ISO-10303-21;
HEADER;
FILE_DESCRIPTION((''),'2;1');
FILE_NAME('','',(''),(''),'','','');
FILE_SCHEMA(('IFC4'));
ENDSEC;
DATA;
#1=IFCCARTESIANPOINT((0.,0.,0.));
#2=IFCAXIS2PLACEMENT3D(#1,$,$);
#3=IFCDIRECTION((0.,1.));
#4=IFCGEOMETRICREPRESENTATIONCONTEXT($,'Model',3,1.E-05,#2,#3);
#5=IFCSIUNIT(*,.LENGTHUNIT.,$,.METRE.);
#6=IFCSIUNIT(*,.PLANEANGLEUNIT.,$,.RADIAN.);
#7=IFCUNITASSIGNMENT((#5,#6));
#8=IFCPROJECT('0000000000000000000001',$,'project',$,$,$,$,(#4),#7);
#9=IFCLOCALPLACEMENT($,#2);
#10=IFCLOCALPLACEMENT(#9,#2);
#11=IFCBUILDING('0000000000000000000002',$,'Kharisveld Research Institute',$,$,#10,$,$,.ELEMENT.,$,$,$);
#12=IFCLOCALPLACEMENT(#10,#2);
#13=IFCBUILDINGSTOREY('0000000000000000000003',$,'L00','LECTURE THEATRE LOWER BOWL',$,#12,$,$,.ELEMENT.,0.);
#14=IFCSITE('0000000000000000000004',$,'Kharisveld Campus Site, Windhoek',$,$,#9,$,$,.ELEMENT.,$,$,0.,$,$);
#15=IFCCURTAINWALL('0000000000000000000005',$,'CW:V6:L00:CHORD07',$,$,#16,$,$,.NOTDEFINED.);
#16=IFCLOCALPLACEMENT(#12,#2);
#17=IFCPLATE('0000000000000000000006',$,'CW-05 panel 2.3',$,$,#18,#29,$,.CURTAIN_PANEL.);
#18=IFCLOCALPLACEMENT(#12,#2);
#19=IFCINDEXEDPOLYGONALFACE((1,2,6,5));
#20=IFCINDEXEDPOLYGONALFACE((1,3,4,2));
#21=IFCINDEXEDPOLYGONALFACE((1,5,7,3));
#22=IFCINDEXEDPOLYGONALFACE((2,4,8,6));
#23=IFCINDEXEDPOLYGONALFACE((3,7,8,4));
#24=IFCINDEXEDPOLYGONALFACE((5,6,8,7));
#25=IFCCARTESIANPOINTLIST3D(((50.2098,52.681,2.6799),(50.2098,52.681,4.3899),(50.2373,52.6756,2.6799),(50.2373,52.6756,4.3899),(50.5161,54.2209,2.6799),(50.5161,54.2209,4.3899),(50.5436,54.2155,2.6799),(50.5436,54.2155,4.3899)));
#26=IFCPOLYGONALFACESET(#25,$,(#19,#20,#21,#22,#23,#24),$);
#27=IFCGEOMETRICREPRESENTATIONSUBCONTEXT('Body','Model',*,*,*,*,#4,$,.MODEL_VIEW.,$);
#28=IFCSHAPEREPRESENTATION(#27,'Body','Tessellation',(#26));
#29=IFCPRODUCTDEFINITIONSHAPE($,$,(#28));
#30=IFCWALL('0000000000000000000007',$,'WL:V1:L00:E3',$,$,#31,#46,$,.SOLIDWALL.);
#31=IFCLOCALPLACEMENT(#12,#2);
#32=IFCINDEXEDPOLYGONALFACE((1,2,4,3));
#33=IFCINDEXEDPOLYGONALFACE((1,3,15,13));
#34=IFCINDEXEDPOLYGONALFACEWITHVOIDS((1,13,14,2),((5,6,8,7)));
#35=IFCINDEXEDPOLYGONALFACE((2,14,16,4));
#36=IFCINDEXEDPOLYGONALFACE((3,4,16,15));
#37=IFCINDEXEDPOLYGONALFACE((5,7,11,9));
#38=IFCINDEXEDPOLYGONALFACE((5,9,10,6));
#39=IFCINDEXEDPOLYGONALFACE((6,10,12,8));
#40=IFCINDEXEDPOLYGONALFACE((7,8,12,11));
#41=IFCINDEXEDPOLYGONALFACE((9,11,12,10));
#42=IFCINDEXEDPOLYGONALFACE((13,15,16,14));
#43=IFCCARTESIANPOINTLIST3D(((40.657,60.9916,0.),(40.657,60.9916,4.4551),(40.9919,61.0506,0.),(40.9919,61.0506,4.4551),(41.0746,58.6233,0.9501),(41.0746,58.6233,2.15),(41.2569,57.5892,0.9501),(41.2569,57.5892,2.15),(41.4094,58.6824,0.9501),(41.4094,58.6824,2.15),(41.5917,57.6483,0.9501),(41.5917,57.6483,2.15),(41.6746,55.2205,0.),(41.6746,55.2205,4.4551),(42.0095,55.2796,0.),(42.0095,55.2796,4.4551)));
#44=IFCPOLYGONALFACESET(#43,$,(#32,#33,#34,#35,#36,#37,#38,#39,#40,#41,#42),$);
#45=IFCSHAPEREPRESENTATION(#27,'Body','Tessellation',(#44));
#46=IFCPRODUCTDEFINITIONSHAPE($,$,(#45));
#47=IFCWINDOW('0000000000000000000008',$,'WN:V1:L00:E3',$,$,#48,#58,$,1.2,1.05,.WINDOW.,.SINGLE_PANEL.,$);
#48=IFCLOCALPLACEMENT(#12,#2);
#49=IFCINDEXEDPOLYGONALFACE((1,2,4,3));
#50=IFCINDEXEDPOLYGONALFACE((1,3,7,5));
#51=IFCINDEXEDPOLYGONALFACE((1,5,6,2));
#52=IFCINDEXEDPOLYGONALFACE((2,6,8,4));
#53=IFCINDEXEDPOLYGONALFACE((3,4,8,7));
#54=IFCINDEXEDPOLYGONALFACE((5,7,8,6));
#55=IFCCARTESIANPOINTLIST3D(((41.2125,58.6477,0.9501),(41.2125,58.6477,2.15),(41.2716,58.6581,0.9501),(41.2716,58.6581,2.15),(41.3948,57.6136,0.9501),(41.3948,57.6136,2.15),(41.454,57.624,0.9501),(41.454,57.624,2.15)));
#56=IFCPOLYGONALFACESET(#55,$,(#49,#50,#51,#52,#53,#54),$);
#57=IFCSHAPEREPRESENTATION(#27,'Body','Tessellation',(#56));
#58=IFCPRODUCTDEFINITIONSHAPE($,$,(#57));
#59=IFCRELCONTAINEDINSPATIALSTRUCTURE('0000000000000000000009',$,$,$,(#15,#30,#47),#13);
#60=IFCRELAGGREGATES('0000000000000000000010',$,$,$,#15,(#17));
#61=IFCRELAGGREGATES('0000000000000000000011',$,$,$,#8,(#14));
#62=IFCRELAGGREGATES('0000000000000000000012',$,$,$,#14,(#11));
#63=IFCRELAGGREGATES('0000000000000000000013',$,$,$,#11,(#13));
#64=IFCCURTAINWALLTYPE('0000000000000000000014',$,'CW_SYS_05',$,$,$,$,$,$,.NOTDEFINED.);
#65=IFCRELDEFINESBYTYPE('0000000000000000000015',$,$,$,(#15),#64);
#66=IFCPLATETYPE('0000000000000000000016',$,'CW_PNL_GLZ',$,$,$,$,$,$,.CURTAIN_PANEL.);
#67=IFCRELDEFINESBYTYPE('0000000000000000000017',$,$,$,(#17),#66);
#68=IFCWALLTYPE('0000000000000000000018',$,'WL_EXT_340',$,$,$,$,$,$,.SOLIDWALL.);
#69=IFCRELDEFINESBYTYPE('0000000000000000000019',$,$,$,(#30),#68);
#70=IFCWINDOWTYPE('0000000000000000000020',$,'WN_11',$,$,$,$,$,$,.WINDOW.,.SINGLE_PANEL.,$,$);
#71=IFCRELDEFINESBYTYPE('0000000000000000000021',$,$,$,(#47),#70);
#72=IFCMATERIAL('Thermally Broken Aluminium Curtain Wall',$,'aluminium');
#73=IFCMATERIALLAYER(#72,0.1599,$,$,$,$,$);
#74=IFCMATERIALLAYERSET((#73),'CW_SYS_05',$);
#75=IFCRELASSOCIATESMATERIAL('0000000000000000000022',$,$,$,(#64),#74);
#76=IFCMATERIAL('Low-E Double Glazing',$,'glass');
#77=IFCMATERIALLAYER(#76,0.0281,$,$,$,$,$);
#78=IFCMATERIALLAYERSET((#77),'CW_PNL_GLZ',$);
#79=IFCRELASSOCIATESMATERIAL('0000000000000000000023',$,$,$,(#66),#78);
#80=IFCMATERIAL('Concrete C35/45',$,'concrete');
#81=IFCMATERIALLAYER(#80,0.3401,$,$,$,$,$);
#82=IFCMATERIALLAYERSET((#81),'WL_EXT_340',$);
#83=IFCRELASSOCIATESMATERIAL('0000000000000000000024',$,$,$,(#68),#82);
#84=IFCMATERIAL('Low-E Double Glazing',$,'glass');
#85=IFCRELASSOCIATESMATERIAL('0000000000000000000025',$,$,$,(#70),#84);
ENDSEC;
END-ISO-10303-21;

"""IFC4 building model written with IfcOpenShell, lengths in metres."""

from ifc_helpers import new_model, si_unit, direction, frame, frame_2d, origin, origin_2d, place, context, subcontext, project, spatial, rectangle, extrude, material, layer, layer_set, type_object, element, fill, aggregate, save


model = new_model("IFC4")

# Units and contexts
model_context = context("Model", 3, precision=1e-05, world=origin(), true_north=direction((0.0, 1.0)))
body_context = subcontext(model_context, "Body", "Model", "MODEL_VIEW")
ifc_project = project(units=[si_unit("LENGTHUNIT", "METRE"), si_unit("PLANEANGLEUNIT", "RADIAN")], contexts=[model_context])

# Site, building, storey
site_placement = place(None, origin())
site = spatial("IfcSite", under=ifc_project, at=site_placement, Name="Kharisveld Campus Site, Windhoek", CompositionType="ELEMENT", RefElevation=0.0)
building_placement = place(site_placement, origin())
building = spatial("IfcBuilding", under=site, at=building_placement, Name="Kharisveld Research Institute", CompositionType="ELEMENT")
storey_placement = place(building_placement, origin())
storey = spatial("IfcBuildingStorey", under=building, at=storey_placement, Name="L00", Description="LECTURE THEATRE LOWER BOWL", CompositionType="ELEMENT", Elevation=0.0)

# Curtain wall
ifc_material_1 = material(Name="Thermally Broken Aluminium Curtain Wall", Category="aluminium")
ifc_layer_1 = layer(ifc_material_1, 0.1599)
ifc_layer_set_1 = layer_set([ifc_layer_1], Name="CW_SYS_05")
curtain_wall_type_1 = type_object("IfcCurtainWallType", Name="CW_SYS_05", PredefinedType="NOTDEFINED", material=ifc_layer_set_1)
curtain_wall_1_placement = place(storey_placement, origin())
curtain_wall_1 = element("IfcCurtainWall", 1, at=curtain_wall_1_placement, inside=storey, type_object=curtain_wall_type_1, Name="CW:V6:L00:CHORD07", PredefinedType="NOTDEFINED")

# Plate
ifc_material_2 = material(Name="Low-E Double Glazing", Category="glass")
ifc_layer_2 = layer(ifc_material_2, 0.0281)
ifc_layer_set_2 = layer_set([ifc_layer_2], Name="CW_PNL_GLZ")
plate_type = type_object("IfcPlateType", Name="CW_PNL_GLZ", PredefinedType="CURTAIN_PANEL", material=ifc_layer_set_2)
plate_1_placement = place(storey_placement, frame((50.3767, 53.4482, 2.6799), z_axis=(0.0, 0.0, 1.0), x_axis=(0.195091, 0.980785, 0.0)))
plate_1 = element("IfcPlate", 2, at=plate_1_placement, type_object=plate_type, Name="CW-05 panel 2.3", PredefinedType="CURTAIN_PANEL", context=body_context, shape_type="SweptSolid", body=[
    extrude(rectangle(XDim=1.5701, YDim=0.0281, at=origin_2d()), origin(), (0.0, 0.0, 1.0), 1.71),
])
aggregate(curtain_wall_1, [plate_1])

# Wall, opening, window
ifc_material_3 = material(Name="Concrete C35/45", Category="concrete")
ifc_layer_3 = layer(ifc_material_3, 0.3401)
ifc_layer_set_3 = layer_set([ifc_layer_3], Name="WL_EXT_340")
wall_type = type_object("IfcWallType", Name="WL_EXT_340", PredefinedType="SOLIDWALL", material=ifc_layer_set_3)
wall_1_placement = place(storey_placement, frame((40.8245, 61.0212, 0.0), z_axis=(0.0, 0.0, 1.0), x_axis=(0.173647, -0.984808, 0.0)))
wall_1 = element("IfcWall", 3, at=wall_1_placement, inside=storey, type_object=wall_type, Name="WL:V1:L00:E3", PredefinedType="SOLIDWALL", context=body_context, shape_type="SweptSolid", body=[
    extrude(rectangle(XDim=5.8601, YDim=0.3401, at=frame_2d((2.9302, 0.0))), origin(), (0.0, 0.0, 1.0), 4.4551),
])
opening_1_placement = place(wall_1_placement, frame((2.405, 0.0, 0.95)))
opening_1 = element("IfcOpeningElement", 4, at=opening_1_placement, cuts=wall_1, PredefinedType="OPENING", context=body_context, shape_type="SweptSolid", body=[
    extrude(rectangle(XDim=1.05, YDim=1.2, at=frame_2d((0.5249, 0.6001))), frame((0.0, 0.1699, 0.0), z_axis=(0.0, -1.0, 0.0), x_axis=(1.0, 0.0, 0.0)), (0.0, 0.0, 1.0), 0.3401),
])
ifc_material_4 = material(Name="Low-E Double Glazing", Category="glass")
window_type = type_object("IfcWindowType", Name="WN_11", PartitioningType="SINGLE_PANEL", PredefinedType="WINDOW", material=ifc_material_4)
window_placement = place(opening_1_placement, origin())
window = element("IfcWindow", 5, at=window_placement, inside=storey, type_object=window_type, Name="WN:V1:L00:E3", OverallHeight=1.2, OverallWidth=1.05, PartitioningType="SINGLE_PANEL", PredefinedType="WINDOW", context=body_context, shape_type="SweptSolid", body=[
    extrude(rectangle(XDim=1.05, YDim=1.2, at=frame_2d((0.5249, 0.6001))), frame((0.0, 0.03, 0.0), z_axis=(0.0, -1.0, 0.0), x_axis=(1.0, 0.0, 0.0)), (0.0, 0.0, 1.0), 0.0601),
])
fill(opening_1, window)

save(model, "model.ifc")
